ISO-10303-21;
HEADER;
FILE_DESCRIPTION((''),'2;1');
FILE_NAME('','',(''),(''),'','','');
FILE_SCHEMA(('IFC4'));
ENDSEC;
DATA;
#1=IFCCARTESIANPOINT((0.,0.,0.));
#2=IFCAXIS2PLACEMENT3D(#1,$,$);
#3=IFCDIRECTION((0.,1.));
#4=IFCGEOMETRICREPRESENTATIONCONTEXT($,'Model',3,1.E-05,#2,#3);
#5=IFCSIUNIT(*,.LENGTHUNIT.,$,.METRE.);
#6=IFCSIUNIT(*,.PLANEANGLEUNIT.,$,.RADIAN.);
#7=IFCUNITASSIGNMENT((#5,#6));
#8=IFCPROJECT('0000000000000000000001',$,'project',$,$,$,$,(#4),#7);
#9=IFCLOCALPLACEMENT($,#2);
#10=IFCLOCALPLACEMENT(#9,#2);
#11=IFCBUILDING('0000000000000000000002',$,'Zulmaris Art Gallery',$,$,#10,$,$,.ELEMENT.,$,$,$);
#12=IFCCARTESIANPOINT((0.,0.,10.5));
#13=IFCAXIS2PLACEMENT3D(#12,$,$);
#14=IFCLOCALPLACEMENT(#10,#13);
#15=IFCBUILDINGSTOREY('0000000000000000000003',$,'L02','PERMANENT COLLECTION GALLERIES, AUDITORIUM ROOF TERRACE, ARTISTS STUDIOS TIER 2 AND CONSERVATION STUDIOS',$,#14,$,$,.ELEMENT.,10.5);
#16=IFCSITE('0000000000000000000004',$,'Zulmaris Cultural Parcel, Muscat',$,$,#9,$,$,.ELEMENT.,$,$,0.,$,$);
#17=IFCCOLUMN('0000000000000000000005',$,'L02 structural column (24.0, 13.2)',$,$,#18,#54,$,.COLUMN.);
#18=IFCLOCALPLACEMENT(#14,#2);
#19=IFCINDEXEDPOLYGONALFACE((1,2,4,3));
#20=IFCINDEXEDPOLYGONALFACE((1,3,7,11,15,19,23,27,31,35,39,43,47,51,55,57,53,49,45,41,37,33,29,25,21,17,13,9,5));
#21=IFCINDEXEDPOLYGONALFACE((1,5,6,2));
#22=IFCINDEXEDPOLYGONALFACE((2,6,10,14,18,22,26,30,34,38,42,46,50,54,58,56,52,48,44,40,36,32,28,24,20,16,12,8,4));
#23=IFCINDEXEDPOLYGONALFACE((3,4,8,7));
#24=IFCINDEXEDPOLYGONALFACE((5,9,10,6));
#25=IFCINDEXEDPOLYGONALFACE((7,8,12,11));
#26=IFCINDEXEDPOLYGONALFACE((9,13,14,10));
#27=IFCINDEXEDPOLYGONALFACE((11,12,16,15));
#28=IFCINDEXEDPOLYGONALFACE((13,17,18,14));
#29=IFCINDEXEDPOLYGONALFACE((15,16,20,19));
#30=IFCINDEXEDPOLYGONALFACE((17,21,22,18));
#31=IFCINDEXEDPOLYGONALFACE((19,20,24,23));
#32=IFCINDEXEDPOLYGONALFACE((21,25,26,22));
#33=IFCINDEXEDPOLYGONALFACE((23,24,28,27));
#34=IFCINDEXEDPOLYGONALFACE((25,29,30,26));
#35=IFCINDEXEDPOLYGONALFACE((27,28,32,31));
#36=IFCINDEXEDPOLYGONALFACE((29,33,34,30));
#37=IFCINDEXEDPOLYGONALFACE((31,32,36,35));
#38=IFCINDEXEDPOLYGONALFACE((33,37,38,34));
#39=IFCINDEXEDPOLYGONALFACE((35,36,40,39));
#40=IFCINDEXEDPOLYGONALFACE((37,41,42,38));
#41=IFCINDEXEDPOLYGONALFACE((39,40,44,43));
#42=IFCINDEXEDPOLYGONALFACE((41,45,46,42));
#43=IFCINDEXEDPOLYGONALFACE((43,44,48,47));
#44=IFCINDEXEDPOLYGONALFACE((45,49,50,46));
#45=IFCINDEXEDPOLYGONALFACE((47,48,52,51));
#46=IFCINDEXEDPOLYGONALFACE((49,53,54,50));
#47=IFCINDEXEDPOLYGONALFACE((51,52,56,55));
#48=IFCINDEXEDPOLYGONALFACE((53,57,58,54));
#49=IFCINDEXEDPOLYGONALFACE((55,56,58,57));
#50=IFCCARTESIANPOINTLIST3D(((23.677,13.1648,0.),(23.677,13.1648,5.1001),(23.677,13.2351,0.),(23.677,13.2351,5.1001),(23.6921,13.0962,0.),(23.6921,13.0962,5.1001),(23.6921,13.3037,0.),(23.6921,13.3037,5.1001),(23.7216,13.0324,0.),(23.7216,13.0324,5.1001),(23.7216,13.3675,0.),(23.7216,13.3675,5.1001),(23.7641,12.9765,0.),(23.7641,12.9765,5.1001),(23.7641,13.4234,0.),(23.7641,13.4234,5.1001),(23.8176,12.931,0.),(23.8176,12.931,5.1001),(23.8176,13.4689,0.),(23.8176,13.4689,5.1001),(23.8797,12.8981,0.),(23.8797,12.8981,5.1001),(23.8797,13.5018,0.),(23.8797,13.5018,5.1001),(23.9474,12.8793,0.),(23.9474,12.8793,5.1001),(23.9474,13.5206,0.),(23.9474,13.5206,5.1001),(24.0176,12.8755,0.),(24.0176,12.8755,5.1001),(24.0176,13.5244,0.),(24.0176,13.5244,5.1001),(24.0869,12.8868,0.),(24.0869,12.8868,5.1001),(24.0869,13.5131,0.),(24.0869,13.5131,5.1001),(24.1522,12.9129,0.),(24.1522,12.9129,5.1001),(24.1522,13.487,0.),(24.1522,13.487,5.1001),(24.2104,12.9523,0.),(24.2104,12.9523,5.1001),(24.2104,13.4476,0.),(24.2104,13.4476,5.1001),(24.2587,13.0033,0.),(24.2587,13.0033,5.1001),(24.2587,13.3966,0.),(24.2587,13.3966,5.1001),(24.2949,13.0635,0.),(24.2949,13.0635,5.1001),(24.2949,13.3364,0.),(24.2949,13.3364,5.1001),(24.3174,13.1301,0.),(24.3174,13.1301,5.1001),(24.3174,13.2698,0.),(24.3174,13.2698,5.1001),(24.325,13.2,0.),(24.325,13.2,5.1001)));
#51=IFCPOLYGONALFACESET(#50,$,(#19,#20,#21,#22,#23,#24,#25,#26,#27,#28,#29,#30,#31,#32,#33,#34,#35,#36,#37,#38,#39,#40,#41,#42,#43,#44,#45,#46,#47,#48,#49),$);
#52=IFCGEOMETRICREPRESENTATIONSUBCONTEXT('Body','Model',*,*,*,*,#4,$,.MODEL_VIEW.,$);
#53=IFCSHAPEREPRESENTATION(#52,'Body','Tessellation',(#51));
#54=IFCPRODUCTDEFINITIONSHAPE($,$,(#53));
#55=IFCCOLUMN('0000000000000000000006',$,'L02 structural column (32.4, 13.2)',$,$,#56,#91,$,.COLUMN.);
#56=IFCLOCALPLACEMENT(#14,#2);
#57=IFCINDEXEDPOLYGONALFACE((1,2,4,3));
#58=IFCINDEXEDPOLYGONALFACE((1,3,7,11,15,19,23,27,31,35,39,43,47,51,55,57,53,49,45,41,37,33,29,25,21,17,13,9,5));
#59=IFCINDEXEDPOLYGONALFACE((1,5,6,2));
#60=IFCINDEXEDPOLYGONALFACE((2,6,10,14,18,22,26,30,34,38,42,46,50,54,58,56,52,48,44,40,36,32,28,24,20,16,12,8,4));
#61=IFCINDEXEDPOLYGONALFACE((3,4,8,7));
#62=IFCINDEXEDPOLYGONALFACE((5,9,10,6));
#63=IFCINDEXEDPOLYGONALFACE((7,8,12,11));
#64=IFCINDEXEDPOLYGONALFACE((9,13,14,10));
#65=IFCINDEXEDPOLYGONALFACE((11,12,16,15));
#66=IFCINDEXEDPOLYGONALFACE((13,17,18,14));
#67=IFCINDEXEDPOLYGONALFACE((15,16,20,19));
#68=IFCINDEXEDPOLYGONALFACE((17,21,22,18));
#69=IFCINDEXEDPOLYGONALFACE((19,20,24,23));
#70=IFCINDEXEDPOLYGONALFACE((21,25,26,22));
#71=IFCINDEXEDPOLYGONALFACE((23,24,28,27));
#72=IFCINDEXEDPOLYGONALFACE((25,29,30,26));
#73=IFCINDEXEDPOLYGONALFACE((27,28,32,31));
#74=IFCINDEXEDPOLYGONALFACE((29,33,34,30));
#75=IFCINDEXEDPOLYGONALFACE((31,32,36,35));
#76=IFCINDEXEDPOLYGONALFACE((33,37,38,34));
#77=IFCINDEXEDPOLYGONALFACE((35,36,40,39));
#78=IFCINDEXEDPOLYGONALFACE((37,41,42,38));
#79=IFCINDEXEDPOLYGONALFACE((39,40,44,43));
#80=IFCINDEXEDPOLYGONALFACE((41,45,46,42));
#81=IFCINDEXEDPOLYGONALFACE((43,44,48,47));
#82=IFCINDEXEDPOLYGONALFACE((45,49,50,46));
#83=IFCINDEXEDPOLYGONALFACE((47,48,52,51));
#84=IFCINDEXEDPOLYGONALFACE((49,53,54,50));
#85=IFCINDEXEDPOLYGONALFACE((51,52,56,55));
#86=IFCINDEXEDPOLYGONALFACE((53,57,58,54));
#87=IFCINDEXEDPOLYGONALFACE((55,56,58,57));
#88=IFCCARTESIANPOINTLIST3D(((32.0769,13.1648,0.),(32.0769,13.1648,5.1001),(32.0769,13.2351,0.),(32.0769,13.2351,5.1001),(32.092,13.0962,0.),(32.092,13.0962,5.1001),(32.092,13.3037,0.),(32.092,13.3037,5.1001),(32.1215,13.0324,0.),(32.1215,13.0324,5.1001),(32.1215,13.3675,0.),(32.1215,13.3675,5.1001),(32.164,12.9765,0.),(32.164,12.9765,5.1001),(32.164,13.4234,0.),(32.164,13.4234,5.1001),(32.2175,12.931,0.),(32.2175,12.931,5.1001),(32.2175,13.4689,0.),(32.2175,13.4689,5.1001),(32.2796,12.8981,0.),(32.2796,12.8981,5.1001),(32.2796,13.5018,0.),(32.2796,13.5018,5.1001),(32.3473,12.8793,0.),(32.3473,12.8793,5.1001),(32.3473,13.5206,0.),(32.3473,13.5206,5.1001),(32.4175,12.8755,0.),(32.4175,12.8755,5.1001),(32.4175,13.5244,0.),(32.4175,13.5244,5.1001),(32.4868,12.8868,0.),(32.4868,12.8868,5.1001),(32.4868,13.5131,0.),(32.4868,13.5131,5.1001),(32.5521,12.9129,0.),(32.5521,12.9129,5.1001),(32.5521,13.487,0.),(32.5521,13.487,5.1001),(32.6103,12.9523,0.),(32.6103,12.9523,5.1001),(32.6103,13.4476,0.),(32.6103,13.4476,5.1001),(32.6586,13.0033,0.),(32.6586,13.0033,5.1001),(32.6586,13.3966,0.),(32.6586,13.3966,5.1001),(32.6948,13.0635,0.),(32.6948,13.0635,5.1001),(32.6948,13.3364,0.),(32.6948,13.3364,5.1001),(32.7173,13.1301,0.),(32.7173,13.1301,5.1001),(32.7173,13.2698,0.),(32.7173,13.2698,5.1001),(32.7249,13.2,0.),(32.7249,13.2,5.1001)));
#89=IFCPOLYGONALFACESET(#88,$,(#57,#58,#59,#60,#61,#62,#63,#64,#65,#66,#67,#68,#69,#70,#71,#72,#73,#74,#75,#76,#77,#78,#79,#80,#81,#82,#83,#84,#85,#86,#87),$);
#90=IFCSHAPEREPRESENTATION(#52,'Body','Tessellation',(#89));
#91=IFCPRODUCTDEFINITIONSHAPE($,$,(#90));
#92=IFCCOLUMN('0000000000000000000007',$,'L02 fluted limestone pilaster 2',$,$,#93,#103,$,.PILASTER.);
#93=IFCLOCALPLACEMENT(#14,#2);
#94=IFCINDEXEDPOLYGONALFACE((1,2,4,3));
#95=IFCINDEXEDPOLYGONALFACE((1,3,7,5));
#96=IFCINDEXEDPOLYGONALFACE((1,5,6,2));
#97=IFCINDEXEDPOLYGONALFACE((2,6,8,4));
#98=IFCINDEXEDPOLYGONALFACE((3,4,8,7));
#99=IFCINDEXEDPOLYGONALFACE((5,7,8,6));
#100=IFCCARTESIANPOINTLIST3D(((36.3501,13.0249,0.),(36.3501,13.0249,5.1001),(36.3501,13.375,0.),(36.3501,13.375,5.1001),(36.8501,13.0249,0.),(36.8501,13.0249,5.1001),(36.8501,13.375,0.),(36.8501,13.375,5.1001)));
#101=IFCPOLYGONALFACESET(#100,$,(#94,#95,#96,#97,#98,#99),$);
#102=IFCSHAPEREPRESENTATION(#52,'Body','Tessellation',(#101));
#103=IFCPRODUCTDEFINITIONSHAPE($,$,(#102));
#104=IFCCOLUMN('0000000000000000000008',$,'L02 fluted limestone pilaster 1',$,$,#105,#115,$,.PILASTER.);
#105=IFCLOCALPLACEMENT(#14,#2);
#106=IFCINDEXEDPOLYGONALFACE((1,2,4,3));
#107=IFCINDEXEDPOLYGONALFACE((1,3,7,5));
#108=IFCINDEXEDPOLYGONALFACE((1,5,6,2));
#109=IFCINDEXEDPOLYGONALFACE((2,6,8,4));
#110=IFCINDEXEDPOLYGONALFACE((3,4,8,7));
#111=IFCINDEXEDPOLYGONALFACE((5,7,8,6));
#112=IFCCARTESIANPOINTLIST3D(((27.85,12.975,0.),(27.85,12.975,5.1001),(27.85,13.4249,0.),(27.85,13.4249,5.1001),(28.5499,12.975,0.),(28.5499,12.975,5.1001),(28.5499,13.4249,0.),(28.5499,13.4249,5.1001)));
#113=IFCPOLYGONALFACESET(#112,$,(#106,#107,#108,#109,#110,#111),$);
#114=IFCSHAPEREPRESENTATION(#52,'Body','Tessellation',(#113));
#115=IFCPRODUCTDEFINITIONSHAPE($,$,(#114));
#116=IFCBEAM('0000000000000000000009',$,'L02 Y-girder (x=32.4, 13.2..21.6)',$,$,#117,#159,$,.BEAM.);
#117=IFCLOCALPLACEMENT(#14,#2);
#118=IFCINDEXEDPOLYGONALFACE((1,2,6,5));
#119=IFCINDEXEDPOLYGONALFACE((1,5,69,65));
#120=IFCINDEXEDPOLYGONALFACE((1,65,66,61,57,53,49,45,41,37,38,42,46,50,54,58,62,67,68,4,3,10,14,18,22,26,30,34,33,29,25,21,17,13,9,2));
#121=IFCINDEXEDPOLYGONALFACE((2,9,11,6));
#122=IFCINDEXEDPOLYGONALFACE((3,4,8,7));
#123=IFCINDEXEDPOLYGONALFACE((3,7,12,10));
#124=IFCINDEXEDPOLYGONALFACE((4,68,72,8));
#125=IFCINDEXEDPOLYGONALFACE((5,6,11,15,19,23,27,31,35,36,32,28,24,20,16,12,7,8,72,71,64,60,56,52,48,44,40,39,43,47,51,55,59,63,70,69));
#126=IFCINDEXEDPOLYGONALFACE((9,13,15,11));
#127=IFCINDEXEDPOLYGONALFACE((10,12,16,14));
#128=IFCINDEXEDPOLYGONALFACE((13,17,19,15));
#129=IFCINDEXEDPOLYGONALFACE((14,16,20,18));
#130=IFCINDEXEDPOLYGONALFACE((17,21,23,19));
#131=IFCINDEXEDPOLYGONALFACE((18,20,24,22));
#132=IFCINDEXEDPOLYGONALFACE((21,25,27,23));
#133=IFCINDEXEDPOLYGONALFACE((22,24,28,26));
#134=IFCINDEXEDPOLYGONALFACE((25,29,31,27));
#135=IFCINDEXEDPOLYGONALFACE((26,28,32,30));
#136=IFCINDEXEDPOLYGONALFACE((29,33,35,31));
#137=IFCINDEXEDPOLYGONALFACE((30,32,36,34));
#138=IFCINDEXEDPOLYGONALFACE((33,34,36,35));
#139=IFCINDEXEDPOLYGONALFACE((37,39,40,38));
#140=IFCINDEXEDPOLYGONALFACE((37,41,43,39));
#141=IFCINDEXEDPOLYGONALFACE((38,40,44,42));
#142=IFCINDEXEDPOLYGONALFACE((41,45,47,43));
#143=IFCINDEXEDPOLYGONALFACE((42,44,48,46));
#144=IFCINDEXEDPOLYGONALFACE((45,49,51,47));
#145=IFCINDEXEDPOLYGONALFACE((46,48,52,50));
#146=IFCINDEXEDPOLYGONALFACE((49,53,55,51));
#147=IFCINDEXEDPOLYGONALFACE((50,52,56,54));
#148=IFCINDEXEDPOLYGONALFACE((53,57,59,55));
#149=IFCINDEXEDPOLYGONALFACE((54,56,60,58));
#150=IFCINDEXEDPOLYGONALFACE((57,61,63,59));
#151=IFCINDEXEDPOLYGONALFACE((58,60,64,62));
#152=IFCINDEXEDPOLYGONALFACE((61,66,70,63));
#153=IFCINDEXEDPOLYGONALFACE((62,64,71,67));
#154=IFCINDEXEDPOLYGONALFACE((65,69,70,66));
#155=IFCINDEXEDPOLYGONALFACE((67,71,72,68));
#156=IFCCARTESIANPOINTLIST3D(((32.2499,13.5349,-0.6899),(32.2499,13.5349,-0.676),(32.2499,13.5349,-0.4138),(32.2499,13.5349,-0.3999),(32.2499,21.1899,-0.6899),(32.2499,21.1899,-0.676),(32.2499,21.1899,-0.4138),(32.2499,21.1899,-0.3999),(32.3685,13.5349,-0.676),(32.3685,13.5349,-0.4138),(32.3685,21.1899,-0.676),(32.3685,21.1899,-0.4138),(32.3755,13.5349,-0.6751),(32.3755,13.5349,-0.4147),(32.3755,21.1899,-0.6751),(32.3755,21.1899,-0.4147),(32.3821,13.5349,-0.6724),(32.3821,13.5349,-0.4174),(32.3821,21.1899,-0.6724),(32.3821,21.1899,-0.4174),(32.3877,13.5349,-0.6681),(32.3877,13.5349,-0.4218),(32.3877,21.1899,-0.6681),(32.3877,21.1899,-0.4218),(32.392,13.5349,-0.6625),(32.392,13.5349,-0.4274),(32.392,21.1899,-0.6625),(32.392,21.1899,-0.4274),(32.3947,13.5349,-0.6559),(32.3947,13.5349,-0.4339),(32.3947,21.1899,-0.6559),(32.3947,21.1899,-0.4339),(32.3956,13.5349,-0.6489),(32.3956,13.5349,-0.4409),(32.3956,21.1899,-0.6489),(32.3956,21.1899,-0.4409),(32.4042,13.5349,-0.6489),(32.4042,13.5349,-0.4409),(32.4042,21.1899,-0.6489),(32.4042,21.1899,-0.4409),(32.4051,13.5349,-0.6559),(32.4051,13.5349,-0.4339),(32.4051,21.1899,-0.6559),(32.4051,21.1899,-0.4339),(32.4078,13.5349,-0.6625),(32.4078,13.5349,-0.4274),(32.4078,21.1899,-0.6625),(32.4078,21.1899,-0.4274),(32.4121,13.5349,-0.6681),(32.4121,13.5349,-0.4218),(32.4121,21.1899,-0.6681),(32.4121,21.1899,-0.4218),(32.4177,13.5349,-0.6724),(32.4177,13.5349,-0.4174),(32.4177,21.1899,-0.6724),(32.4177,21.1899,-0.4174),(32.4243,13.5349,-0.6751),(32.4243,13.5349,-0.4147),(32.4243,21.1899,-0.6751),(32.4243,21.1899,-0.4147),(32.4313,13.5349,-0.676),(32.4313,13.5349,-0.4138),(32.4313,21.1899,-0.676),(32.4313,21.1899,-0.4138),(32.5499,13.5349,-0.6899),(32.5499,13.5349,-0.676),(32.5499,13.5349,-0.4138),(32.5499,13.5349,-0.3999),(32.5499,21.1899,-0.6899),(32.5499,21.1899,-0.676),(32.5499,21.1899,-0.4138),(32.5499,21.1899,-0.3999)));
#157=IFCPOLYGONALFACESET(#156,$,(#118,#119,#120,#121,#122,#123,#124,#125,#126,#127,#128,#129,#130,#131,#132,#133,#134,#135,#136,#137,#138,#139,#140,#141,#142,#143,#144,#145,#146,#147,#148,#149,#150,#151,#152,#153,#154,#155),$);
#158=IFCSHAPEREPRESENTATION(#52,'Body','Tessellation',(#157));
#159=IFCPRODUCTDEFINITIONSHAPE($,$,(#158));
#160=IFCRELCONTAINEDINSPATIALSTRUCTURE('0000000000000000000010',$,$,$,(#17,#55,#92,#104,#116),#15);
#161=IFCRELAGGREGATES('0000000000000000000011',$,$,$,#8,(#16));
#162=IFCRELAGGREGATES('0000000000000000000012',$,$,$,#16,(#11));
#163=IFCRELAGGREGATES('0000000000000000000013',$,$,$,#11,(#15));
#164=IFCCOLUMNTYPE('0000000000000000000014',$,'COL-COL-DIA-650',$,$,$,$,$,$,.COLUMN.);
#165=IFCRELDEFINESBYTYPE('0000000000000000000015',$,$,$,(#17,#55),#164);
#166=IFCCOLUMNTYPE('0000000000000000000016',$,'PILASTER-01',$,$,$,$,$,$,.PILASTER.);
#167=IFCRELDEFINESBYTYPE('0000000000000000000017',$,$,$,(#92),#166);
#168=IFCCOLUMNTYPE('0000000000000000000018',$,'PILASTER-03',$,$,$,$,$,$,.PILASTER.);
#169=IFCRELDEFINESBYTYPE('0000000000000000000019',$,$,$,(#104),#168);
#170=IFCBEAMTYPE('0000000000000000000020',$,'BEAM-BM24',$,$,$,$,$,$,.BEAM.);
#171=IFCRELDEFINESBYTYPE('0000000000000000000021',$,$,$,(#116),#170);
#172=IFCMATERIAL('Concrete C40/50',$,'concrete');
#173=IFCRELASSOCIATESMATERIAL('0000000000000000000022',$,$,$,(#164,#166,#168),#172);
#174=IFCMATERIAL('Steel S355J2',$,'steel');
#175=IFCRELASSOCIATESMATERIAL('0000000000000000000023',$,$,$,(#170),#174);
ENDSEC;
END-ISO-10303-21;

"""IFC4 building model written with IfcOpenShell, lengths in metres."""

from ifc_helpers import new_model, si_unit, direction, frame, origin, origin_2d, place, context, subcontext, project, spatial, rectangle, circle, i_section, extrude, material, material_profile, profile_set, type_object, element, save


model = new_model("IFC4")

# Units and contexts
model_context = context("Model", 3, precision=1e-05, world=origin(), true_north=direction((0.0, 1.0)))
body_context = subcontext(model_context, "Body", "Model", "MODEL_VIEW")
ifc_project = project(units=[si_unit("LENGTHUNIT", "METRE"), si_unit("PLANEANGLEUNIT", "RADIAN")], contexts=[model_context])

# Site, building, storey
site_placement = place(None, origin())
site = spatial("IfcSite", under=ifc_project, at=site_placement, Name="Zulmaris Cultural Parcel, Muscat", CompositionType="ELEMENT", RefElevation=0.0)
building_placement = place(site_placement, origin())
building = spatial("IfcBuilding", under=site, at=building_placement, Name="Zulmaris Art Gallery", CompositionType="ELEMENT")
storey_placement = place(building_placement, frame((0.0, 0.0, 10.5)))
storey = spatial("IfcBuildingStorey", under=building, at=storey_placement, Name="L02", Description="PERMANENT COLLECTION GALLERIES, AUDITORIUM ROOF TERRACE, ARTISTS STUDIOS TIER 2 AND CONSERVATION STUDIOS", CompositionType="ELEMENT", Elevation=10.5)

# Columns
ifc_material_1 = material(Name="Concrete C40/50", Category="concrete")
ifc_material_profile_1 = material_profile(ifc_material_1, circle(Radius=0.325, at=origin_2d()), Name="COL DIA 650")
ifc_profile_set_1 = profile_set([ifc_material_profile_1], Name="Concrete C40/50")
column_type_1 = type_object("IfcColumnType", Name="COL-COL-DIA-650", PredefinedType="COLUMN", material=ifc_profile_set_1)
for number, where, z_axis, x_axis, name in (
    (1, (24.0, 13.2, 0.0), (0.0, 0.0, 1.0), (1.0, 0.0, 0.0), "L02 structural column (24.0, 13.2)"),
    (2, (32.3999, 13.2, 0.0), (0.0, 0.0, 1.0), (1.0, 0.0, 0.0), "L02 structural column (32.4, 13.2)"),
):
    element("IfcColumn", number, at=place(storey_placement, frame(where, z_axis=z_axis, x_axis=x_axis)), inside=storey, type_object=column_type_1, Name=name, PredefinedType="COLUMN", context=body_context, shape_type="SweptSolid", body=[
        extrude(circle(Radius=0.325, at=origin_2d()), origin(), (0.0, 0.0, 1.0), 5.1001),
    ])
ifc_material_profile_2 = material_profile(ifc_material_1, rectangle(XDim=0.5, YDim=0.3501, at=origin_2d()), Name="PIL 500x350")
ifc_profile_set_2 = profile_set([ifc_material_profile_2], Name="Concrete C40/50")
column_type_2 = type_object("IfcColumnType", Name="PILASTER-01", PredefinedType="PILASTER", material=ifc_profile_set_2)
column_1_placement = place(storey_placement, frame((36.6001, 13.2, 0.0), z_axis=(0.0, 0.0, 1.0), x_axis=(1.0, 0.0, 0.0)))
element("IfcColumn", 3, at=column_1_placement, inside=storey, type_object=column_type_2, Name="L02 fluted limestone pilaster 2", PredefinedType="PILASTER", context=body_context, shape_type="SweptSolid", body=[
    extrude(rectangle(XDim=0.5, YDim=0.3501, at=origin_2d()), origin(), (0.0, 0.0, 1.0), 5.1001),
])
ifc_material_profile_3 = material_profile(ifc_material_1, rectangle(XDim=0.7, YDim=0.45, at=origin_2d()), Name="PIL 700x450")
ifc_profile_set_3 = profile_set([ifc_material_profile_3], Name="Concrete C40/50")
column_type_3 = type_object("IfcColumnType", Name="PILASTER-03", PredefinedType="PILASTER", material=ifc_profile_set_3)
column_2_placement = place(storey_placement, frame((28.2, 13.2, 0.0), z_axis=(0.0, 0.0, 1.0), x_axis=(1.0, 0.0, 0.0)))
element("IfcColumn", 4, at=column_2_placement, inside=storey, type_object=column_type_3, Name="L02 fluted limestone pilaster 1", PredefinedType="PILASTER", context=body_context, shape_type="SweptSolid", body=[
    extrude(rectangle(XDim=0.7, YDim=0.45, at=origin_2d()), origin(), (0.0, 0.0, 1.0), 5.1001),
])

# Beam
ifc_material_2 = material(Name="Steel S355J2", Category="steel")
ifc_material_profile_4 = material_profile(ifc_material_2, i_section(OverallWidth=0.3, OverallDepth=0.29, WebThickness=0.0085, FlangeThickness=0.0139, FilletRadius=0.0271, at=origin_2d()), Name="HEA 300")
ifc_profile_set_4 = profile_set([ifc_material_profile_4], Name="Steel S355J2")
beam_type_1 = type_object("IfcBeamType", Name="BEAM-BM24", PredefinedType="BEAM", material=ifc_profile_set_4)
beam_1_placement = place(storey_placement, frame((32.3999, 13.5349, -0.5449), z_axis=(0.0, 1.0, 0.0), x_axis=(-1.0, 0.0, 0.0)))
element("IfcBeam", 5, at=beam_1_placement, inside=storey, type_object=beam_type_1, Name="L02 Y-girder (x=32.4, 13.2..21.6)", PredefinedType="BEAM", context=body_context, shape_type="SweptSolid", body=[
    extrude(i_section(OverallWidth=0.3, OverallDepth=0.29, WebThickness=0.0085, FlangeThickness=0.0139, FilletRadius=0.0271, at=origin_2d()), origin(), (0.0, 0.0, 1.0), 7.655),
])

save(model, "model.ifc")
